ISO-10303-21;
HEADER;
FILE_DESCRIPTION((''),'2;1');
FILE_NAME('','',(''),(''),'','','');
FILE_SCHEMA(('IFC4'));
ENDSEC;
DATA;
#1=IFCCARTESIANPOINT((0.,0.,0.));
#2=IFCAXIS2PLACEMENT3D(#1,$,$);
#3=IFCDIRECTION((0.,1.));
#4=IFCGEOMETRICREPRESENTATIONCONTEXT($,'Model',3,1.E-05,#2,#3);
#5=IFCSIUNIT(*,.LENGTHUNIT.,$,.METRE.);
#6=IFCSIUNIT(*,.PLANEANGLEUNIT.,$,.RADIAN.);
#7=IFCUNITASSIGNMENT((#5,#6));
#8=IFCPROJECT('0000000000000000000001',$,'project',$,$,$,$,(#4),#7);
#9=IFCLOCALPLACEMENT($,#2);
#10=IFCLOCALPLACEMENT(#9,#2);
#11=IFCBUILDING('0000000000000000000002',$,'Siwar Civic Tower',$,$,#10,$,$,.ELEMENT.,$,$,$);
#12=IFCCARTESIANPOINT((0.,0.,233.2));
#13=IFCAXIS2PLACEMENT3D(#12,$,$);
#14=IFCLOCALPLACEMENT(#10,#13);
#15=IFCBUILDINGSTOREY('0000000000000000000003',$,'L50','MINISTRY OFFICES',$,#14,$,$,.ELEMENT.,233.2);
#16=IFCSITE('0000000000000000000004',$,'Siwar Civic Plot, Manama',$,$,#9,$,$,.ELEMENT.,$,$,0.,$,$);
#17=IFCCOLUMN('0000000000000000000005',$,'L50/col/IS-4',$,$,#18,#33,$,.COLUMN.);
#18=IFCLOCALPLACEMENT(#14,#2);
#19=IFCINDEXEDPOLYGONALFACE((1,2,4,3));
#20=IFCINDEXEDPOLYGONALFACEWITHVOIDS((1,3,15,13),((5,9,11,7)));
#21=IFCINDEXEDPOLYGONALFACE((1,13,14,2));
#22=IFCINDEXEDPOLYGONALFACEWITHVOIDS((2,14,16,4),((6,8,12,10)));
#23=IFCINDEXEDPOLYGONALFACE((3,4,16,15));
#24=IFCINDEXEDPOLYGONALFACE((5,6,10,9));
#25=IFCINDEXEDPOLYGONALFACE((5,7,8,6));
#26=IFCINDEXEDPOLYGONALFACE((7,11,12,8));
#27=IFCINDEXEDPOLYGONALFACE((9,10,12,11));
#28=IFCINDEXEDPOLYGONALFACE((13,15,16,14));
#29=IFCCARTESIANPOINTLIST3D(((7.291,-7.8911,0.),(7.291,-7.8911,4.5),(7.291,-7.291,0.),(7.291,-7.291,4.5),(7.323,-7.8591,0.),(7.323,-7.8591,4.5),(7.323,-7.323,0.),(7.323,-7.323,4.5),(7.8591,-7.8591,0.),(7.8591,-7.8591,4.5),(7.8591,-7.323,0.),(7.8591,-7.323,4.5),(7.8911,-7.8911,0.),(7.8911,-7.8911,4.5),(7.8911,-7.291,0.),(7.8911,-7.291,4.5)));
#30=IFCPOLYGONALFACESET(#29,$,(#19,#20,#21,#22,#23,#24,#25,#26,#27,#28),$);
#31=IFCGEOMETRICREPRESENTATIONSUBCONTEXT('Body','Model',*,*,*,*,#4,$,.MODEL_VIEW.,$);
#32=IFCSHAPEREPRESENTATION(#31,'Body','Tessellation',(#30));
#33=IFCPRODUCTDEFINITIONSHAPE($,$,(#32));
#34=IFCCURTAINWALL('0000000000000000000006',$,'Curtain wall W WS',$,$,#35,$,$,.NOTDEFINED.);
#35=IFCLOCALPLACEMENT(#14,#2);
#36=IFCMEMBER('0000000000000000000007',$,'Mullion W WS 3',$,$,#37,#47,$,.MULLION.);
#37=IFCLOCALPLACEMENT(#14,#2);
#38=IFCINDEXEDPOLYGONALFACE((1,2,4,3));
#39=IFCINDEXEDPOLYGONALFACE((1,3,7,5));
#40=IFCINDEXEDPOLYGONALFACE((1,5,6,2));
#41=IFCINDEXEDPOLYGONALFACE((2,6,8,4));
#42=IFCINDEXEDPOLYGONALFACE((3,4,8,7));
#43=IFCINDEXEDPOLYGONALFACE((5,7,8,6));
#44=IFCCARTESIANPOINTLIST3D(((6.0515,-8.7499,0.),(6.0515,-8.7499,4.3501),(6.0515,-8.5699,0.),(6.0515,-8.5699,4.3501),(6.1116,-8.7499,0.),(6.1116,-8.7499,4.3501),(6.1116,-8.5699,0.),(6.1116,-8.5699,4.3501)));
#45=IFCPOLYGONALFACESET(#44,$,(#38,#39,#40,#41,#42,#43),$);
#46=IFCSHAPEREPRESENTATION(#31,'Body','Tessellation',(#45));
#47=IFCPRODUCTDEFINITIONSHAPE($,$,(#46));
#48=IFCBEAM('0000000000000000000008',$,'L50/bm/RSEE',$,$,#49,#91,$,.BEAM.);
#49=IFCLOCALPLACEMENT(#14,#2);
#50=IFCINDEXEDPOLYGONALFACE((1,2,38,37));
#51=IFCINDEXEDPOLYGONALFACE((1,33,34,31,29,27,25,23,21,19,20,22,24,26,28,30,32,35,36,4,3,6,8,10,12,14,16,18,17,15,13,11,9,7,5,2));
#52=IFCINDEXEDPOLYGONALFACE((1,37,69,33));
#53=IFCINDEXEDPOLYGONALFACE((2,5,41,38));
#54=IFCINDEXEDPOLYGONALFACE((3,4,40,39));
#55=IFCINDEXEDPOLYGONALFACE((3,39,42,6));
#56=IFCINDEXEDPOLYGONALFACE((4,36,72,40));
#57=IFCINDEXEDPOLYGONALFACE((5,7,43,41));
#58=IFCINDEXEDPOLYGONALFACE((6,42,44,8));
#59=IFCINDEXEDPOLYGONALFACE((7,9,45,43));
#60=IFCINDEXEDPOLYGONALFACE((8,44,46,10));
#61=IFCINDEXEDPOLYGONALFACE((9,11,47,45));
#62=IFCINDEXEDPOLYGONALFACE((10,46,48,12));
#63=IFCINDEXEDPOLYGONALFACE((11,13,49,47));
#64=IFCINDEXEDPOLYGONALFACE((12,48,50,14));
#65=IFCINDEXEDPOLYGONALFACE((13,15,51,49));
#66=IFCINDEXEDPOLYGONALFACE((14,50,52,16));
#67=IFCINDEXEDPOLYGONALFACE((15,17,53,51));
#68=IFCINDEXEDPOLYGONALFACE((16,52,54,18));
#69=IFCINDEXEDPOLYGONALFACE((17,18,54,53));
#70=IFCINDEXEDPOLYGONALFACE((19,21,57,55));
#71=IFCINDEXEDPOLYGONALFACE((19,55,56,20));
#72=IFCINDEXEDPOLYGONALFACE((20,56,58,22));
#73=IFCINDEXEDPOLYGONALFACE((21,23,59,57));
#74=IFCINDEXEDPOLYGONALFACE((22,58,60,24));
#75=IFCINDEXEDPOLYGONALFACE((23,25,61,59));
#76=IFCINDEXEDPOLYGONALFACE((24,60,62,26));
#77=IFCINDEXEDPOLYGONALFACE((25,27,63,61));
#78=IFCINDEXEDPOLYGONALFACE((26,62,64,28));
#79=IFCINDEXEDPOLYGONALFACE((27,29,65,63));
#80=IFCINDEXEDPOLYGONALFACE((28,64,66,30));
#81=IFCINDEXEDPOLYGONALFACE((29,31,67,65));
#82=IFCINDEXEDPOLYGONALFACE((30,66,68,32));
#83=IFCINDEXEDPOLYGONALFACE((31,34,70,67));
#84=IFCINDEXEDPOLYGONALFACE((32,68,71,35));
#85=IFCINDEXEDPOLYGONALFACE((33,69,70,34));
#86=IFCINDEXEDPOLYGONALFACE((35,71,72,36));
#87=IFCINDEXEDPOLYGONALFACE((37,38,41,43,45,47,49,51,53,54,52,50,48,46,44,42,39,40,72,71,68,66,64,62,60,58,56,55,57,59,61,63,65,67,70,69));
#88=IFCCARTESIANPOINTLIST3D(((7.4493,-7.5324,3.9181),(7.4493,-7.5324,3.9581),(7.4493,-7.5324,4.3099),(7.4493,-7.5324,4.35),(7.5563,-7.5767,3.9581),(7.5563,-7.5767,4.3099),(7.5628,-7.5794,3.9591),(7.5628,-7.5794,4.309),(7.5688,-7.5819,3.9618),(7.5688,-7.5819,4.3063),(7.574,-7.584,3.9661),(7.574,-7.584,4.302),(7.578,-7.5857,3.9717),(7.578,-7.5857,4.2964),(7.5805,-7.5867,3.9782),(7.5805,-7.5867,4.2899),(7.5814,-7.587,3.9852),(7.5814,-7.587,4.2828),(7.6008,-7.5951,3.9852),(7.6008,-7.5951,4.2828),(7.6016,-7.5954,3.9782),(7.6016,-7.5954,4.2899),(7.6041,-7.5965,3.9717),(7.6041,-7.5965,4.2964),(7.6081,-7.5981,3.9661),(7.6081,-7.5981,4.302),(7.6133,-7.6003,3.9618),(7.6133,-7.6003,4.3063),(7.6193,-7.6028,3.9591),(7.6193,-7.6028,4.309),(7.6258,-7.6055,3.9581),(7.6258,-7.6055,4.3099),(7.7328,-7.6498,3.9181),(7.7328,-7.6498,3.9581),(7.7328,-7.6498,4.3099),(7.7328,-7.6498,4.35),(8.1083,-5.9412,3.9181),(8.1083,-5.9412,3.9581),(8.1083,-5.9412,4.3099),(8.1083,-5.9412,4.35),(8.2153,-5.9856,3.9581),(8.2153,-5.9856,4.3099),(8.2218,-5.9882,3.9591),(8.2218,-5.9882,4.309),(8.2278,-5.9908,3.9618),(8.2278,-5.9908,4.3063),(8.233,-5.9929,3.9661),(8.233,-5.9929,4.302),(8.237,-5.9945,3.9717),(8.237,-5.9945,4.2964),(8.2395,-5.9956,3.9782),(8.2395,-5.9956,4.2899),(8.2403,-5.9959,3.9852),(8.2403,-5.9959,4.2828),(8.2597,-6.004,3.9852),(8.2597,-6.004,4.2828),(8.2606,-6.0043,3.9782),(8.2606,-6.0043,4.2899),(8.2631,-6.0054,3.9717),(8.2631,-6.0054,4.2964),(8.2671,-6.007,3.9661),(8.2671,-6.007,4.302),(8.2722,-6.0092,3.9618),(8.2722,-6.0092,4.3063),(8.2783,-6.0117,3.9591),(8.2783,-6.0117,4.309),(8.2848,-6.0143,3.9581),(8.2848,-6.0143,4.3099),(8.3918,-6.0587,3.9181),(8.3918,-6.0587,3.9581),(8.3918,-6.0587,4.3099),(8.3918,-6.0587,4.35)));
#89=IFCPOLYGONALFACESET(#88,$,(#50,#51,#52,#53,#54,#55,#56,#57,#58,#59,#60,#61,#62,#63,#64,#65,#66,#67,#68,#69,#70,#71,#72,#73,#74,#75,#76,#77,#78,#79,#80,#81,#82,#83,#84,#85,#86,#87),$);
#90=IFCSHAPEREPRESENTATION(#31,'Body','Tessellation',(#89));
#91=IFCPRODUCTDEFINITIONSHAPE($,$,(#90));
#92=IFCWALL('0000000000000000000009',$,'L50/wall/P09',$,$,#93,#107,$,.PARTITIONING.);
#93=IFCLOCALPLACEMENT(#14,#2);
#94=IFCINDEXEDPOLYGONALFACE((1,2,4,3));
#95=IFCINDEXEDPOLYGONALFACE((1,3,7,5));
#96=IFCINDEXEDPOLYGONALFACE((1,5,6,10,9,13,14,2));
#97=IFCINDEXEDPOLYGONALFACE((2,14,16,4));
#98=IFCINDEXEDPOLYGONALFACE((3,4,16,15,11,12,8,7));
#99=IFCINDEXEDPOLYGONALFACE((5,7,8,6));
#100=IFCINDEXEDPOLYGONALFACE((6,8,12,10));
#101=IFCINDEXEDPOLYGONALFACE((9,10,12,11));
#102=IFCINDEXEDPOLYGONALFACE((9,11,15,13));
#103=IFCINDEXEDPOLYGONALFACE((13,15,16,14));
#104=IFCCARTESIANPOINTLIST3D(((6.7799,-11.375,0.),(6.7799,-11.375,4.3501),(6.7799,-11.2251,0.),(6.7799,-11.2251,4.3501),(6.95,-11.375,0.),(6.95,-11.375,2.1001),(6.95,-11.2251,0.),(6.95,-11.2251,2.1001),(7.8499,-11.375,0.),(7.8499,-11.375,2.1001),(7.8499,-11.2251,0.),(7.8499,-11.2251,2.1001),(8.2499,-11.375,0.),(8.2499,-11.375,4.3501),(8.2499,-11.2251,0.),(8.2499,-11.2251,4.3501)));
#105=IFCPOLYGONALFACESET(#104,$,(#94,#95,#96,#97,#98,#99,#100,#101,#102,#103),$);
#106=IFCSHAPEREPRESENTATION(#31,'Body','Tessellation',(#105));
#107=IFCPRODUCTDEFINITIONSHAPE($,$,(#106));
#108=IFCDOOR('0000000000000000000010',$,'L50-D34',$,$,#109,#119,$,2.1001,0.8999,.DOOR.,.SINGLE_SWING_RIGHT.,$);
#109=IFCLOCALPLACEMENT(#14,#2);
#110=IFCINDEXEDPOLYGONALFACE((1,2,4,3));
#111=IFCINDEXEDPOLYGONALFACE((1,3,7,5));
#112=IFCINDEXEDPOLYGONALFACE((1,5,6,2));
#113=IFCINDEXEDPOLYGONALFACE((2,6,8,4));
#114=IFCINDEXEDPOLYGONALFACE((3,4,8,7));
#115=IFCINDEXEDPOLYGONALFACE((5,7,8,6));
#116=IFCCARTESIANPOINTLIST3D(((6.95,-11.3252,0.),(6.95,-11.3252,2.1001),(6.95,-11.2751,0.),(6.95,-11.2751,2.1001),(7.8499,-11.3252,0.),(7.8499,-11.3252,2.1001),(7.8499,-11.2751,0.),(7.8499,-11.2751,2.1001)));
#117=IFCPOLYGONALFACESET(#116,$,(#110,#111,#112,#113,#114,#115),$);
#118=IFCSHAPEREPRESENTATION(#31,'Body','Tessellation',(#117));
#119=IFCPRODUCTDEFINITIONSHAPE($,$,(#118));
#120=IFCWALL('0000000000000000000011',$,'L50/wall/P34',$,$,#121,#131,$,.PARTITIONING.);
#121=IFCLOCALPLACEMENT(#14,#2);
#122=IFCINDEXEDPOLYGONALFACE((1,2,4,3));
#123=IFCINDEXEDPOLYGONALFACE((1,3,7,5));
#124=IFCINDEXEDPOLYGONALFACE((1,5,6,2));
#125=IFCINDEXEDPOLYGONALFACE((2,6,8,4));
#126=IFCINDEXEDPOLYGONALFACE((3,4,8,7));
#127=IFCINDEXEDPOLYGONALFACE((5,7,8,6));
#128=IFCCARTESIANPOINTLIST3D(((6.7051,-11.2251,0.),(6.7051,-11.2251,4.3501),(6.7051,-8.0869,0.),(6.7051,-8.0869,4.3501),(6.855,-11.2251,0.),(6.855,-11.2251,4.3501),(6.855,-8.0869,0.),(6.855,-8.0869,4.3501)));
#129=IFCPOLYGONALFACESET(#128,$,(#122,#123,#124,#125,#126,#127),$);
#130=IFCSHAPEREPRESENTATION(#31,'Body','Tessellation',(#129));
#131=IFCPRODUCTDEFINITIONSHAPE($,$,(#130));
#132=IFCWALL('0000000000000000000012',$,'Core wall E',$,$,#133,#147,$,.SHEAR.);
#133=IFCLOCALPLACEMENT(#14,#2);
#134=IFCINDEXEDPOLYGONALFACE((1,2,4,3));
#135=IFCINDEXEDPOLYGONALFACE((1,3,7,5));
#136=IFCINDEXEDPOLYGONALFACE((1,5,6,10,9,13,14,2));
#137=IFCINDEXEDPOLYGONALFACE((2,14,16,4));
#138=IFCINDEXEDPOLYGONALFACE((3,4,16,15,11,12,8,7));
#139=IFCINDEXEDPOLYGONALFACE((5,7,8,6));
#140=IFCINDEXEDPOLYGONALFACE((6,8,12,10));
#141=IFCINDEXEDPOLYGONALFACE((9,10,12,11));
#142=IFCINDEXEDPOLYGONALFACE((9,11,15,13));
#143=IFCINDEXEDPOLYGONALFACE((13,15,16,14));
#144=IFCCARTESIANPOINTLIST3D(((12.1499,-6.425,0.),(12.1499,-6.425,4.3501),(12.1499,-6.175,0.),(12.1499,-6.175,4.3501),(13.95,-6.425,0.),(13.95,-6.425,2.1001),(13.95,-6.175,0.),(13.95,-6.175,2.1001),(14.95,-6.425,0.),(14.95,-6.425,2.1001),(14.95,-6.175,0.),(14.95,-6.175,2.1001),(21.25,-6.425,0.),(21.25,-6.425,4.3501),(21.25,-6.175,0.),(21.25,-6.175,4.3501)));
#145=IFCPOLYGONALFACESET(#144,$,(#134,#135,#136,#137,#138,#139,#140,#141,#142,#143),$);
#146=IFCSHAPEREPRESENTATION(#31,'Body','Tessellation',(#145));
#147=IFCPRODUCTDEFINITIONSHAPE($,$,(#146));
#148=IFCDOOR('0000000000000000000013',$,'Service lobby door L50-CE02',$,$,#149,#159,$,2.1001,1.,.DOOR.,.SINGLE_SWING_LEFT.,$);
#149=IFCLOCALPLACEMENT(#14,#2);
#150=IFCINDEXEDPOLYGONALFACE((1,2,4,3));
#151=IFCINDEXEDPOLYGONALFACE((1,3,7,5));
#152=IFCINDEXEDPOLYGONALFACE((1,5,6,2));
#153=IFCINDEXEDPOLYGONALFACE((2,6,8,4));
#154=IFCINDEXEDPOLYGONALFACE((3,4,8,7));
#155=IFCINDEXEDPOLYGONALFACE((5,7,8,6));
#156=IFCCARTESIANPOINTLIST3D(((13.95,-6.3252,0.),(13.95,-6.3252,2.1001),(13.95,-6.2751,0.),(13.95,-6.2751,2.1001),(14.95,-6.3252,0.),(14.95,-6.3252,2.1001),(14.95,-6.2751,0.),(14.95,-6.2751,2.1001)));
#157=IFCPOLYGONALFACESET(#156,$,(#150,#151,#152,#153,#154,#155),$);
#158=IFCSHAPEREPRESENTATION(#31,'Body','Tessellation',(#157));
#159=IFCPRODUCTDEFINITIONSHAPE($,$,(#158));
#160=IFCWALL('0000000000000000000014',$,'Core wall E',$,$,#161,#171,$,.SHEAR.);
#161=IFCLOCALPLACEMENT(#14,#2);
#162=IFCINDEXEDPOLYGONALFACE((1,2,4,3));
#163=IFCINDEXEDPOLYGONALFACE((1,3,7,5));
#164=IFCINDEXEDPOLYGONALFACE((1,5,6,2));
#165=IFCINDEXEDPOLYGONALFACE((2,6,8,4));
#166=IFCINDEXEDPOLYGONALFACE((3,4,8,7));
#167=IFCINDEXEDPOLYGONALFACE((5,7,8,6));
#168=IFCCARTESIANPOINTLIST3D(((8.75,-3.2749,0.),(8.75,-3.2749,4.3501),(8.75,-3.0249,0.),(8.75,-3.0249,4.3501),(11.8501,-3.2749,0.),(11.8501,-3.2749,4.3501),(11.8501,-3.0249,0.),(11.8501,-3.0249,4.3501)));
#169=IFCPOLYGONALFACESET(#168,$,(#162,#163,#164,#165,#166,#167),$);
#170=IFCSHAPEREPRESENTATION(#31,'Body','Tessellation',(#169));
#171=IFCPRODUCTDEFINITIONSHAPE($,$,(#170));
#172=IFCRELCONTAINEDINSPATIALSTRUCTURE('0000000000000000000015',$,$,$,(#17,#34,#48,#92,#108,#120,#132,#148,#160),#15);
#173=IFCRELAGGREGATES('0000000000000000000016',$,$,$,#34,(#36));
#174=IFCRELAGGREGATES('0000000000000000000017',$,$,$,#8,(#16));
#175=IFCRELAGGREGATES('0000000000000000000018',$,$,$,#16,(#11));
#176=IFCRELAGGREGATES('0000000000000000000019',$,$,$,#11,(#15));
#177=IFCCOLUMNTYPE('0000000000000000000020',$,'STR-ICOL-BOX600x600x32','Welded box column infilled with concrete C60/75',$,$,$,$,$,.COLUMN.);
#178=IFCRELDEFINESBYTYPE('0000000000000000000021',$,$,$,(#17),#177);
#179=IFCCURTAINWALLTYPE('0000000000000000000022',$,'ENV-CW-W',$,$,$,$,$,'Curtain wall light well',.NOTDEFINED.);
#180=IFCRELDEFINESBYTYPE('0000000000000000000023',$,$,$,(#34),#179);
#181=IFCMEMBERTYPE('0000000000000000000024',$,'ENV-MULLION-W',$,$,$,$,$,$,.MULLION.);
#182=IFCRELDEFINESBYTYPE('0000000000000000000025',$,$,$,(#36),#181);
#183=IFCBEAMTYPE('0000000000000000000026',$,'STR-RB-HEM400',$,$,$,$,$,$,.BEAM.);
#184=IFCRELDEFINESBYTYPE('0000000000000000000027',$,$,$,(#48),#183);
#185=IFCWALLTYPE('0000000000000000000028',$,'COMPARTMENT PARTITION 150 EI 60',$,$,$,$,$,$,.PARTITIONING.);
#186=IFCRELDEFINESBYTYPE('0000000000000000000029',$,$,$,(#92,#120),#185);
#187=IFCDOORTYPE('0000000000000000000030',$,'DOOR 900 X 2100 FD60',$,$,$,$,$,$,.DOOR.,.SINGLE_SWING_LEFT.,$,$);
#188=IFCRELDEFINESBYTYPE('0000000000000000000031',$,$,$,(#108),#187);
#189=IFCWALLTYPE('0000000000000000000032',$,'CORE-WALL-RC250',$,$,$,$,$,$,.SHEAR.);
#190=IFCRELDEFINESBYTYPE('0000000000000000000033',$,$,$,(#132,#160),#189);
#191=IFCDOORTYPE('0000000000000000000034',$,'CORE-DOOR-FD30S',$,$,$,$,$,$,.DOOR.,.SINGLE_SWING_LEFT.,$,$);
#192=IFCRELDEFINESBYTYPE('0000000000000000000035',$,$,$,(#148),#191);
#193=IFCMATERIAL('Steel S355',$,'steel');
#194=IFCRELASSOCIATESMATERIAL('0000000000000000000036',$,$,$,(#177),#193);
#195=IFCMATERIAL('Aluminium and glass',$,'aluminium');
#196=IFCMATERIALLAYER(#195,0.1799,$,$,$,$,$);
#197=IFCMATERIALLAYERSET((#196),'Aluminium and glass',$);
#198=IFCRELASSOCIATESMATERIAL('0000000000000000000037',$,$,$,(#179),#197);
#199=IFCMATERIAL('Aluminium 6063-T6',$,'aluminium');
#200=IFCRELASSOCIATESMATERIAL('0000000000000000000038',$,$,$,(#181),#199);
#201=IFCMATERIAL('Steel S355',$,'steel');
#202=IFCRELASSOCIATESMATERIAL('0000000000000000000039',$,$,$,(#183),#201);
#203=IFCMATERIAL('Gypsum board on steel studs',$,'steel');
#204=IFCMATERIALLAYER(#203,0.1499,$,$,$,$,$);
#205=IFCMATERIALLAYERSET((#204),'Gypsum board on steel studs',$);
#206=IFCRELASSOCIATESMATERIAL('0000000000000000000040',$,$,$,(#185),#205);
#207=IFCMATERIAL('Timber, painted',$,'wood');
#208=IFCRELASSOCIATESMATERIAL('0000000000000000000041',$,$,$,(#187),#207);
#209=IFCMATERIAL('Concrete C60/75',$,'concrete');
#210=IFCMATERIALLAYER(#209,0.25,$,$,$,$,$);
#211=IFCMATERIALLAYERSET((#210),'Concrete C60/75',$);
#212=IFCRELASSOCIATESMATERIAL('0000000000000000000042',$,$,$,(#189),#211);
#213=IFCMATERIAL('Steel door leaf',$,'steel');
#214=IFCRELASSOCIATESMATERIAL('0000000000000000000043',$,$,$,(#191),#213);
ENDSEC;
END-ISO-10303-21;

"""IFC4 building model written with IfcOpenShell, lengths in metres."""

from ifc_helpers import new_model, si_unit, direction, frame, frame_2d, origin, origin_2d, place, context, subcontext, project, spatial, rectangle, hollow_rectangle, i_section, extrude, material, layer, layer_set, material_profile, profile_set, type_object, element, fill, aggregate, save


model = new_model("IFC4")

# Units and contexts
model_context = context("Model", 3, precision=1e-05, world=origin(), true_north=direction((0.0, 1.0)))
body_context = subcontext(model_context, "Body", "Model", "MODEL_VIEW")
ifc_project = project(units=[si_unit("LENGTHUNIT", "METRE"), si_unit("PLANEANGLEUNIT", "RADIAN")], contexts=[model_context])

# Site, building, storey
site_placement = place(None, origin())
site = spatial("IfcSite", under=ifc_project, at=site_placement, Name="Siwar Civic Plot, Manama", CompositionType="ELEMENT", RefElevation=0.0)
building_placement = place(site_placement, origin())
building = spatial("IfcBuilding", under=site, at=building_placement, Name="Siwar Civic Tower", CompositionType="ELEMENT")
storey_placement = place(building_placement, frame((0.0, 0.0, 233.2)))
storey = spatial("IfcBuildingStorey", under=building, at=storey_placement, Name="L50", Description="MINISTRY OFFICES", CompositionType="ELEMENT", Elevation=233.2)

# Column
ifc_material_1 = material(Name="Steel S355", Category="steel")
ifc_material_profile_1 = material_profile(ifc_material_1, hollow_rectangle(XDim=0.6001, YDim=0.6001, WallThickness=0.032, at=origin_2d()), Name="BOX600x600x32")
ifc_profile_set_1 = profile_set([ifc_material_profile_1], Name="Steel S355")
column_type = type_object("IfcColumnType", Name="STR-ICOL-BOX600x600x32", Description="Welded box column infilled with concrete C60/75", PredefinedType="COLUMN", material=ifc_profile_set_1)
column_placement = place(storey_placement, frame((7.5911, -7.5911, 0.0), z_axis=(0.0, 0.0, 1.0), x_axis=(1.0, 0.0, 0.0)))
element("IfcColumn", 1, at=column_placement, inside=storey, type_object=column_type, Name="L50/col/IS-4", PredefinedType="COLUMN", context=body_context, shape_type="SweptSolid", body=[
    extrude(hollow_rectangle(XDim=0.6001, YDim=0.6001, WallThickness=0.032, at=origin_2d()), origin(), (0.0, 0.0, 1.0), 4.5),
])

# Curtain wall, member
ifc_material_2 = material(Name="Aluminium and glass", Category="aluminium")
ifc_layer_1 = layer(ifc_material_2, 0.1799)
ifc_layer_set_1 = layer_set([ifc_layer_1], Name="Aluminium and glass")
curtain_wall_type = type_object("IfcCurtainWallType", Name="ENV-CW-W", ElementType="Curtain wall light well", PredefinedType="NOTDEFINED", material=ifc_layer_set_1)
curtain_wall_placement = place(storey_placement, origin())
curtain_wall = element("IfcCurtainWall", 2, at=curtain_wall_placement, inside=storey, type_object=curtain_wall_type, Name="Curtain wall W WS", PredefinedType="NOTDEFINED")
ifc_material_3 = material(Name="Aluminium 6063-T6", Category="aluminium")
ifc_material_profile_2 = material_profile(ifc_material_3, rectangle(XDim=0.1799, YDim=0.0601, at=origin_2d()), Name="AL 180x60")
ifc_profile_set_2 = profile_set([ifc_material_profile_2], Name="Aluminium 6063-T6")
member_type = type_object("IfcMemberType", Name="ENV-MULLION-W", PredefinedType="MULLION", material=ifc_profile_set_2)
member_placement = place(storey_placement, frame((6.0815, -8.6599, 0.0), z_axis=(0.0, 0.0, 1.0), x_axis=(0.0, 1.0, 0.0)))
member = element("IfcMember", 3, at=member_placement, type_object=member_type, Name="Mullion W WS 3", PredefinedType="MULLION", context=body_context, shape_type="SweptSolid", body=[
    extrude(rectangle(XDim=0.1799, YDim=0.0601, at=origin_2d()), origin(), (0.0, 0.0, 1.0), 4.3501),
])
aggregate(curtain_wall, [member])

# Beam
ifc_material_4 = material(Name="Steel S355", Category="steel")
ifc_material_profile_3 = material_profile(ifc_material_4, i_section(OverallWidth=0.3069, OverallDepth=0.4319, WebThickness=0.021, FlangeThickness=0.04, FilletRadius=0.0271, at=origin_2d()), Name="HEM400")
ifc_profile_set_3 = profile_set([ifc_material_profile_3], Name="Steel S355")
beam_type = type_object("IfcBeamType", Name="STR-RB-HEM400", PredefinedType="BEAM", material=ifc_profile_set_3)
beam_placement = place(storey_placement, frame((7.5911, -7.5911, 4.134), z_axis=(0.382631, 0.923901, 0.0), x_axis=(-0.923901, 0.382631, 0.0)))
element("IfcBeam", 4, at=beam_placement, inside=storey, type_object=beam_type, Name="L50/bm/RSEE", PredefinedType="BEAM", context=body_context, shape_type="SweptSolid", body=[
    extrude(i_section(OverallWidth=0.3069, OverallDepth=0.4319, WebThickness=0.021, FlangeThickness=0.04, FilletRadius=0.0271, at=origin_2d()), origin(), (0.0, 0.0, 1.0), 1.7222),
])

# Wall, opening, door
ifc_material_5 = material(Name="Gypsum board on steel studs", Category="steel")
ifc_layer_2 = layer(ifc_material_5, 0.1499)
ifc_layer_set_2 = layer_set([ifc_layer_2], Name="Gypsum board on steel studs")
wall_type_1 = type_object("IfcWallType", Name="COMPARTMENT PARTITION 150 EI 60", PredefinedType="PARTITIONING", material=ifc_layer_set_2)
wall_1_placement = place(storey_placement, frame((6.78, -11.3, 0.0), z_axis=(0.0, 0.0, 1.0), x_axis=(1.0, 0.0, 0.0)))
wall_1 = element("IfcWall", 5, at=wall_1_placement, inside=storey, type_object=wall_type_1, Name="L50/wall/P09", PredefinedType="PARTITIONING", context=body_context, shape_type="SweptSolid", body=[
    extrude(rectangle(XDim=1.47, YDim=0.1499, at=frame_2d((0.7349, 0.0))), origin(), (0.0, 0.0, 1.0), 4.3501),
])
opening_1_placement = place(wall_1_placement, frame((0.1699, 0.0, 0.0)))
opening_1 = element("IfcOpeningElement", 6, at=opening_1_placement, cuts=wall_1, PredefinedType="OPENING", context=body_context, shape_type="SweptSolid", body=[
    extrude(rectangle(XDim=0.8999, YDim=2.1001, at=frame_2d((0.45, 1.05))), frame((0.0, 0.085, 0.0), z_axis=(0.0, -1.0, 0.0), x_axis=(1.0, 0.0, 0.0)), (0.0, 0.0, 1.0), 0.1699),
])
ifc_material_6 = material(Name="Timber, painted", Category="wood")
door_type_1 = type_object("IfcDoorType", Name="DOOR 900 X 2100 FD60", OperationType="SINGLE_SWING_LEFT", PredefinedType="DOOR", material=ifc_material_6)
door_1_placement = place(opening_1_placement, origin())
door_1 = element("IfcDoor", 7, at=door_1_placement, inside=storey, type_object=door_type_1, Name="L50-D34", OperationType="SINGLE_SWING_RIGHT", OverallHeight=2.1001, OverallWidth=0.8999, PredefinedType="DOOR", context=body_context, shape_type="SweptSolid", body=[
    extrude(rectangle(XDim=0.8999, YDim=2.1001, at=frame_2d((0.45, 1.05))), frame((0.0, 0.0249, 0.0), z_axis=(0.0, -1.0, 0.0), x_axis=(1.0, 0.0, 0.0)), (0.0, 0.0, 1.0), 0.05),
])
fill(opening_1, door_1)

# Wall
wall_2_placement = place(storey_placement, frame((6.78, -11.2251, 0.0), z_axis=(0.0, 0.0, 1.0), x_axis=(0.0, 1.0, 0.0)))
element("IfcWall", 8, at=wall_2_placement, inside=storey, type_object=wall_type_1, Name="L50/wall/P34", PredefinedType="PARTITIONING", context=body_context, shape_type="SweptSolid", body=[
    extrude(rectangle(XDim=3.1382, YDim=0.1499, at=frame_2d((1.5691, 0.0))), origin(), (0.0, 0.0, 1.0), 4.3501),
])

# Wall, opening, door
ifc_material_7 = material(Name="Concrete C60/75", Category="concrete")
ifc_layer_3 = layer(ifc_material_7, 0.25)
ifc_layer_set_3 = layer_set([ifc_layer_3], Name="Concrete C60/75")
wall_type_2 = type_object("IfcWallType", Name="CORE-WALL-RC250", PredefinedType="SHEAR", material=ifc_layer_set_3)
wall_3_placement = place(storey_placement, frame((12.1499, -6.3, 0.0), z_axis=(0.0, 0.0, 1.0), x_axis=(1.0, 0.0, 0.0)))
wall_3 = element("IfcWall", 9, at=wall_3_placement, inside=storey, type_object=wall_type_2, Name="Core wall E", PredefinedType="SHEAR", context=body_context, shape_type="SweptSolid", body=[
    extrude(rectangle(XDim=9.1001, YDim=0.25, at=frame_2d((4.55, 0.0))), origin(), (0.0, 0.0, 1.0), 4.3501),
])
opening_2_placement = place(wall_3_placement, frame((1.8, 0.0, 0.0)))
opening_2 = element("IfcOpeningElement", 10, at=opening_2_placement, cuts=wall_3, PredefinedType="OPENING", context=body_context, shape_type="SweptSolid", body=[
    extrude(rectangle(XDim=1.0, YDim=2.1001, at=frame_2d((0.5, 1.05))), frame((0.0, 0.135, 0.0), z_axis=(0.0, -1.0, 0.0), x_axis=(1.0, 0.0, 0.0)), (0.0, 0.0, 1.0), 0.27),
])
ifc_material_8 = material(Name="Steel door leaf", Category="steel")
door_type_2 = type_object("IfcDoorType", Name="CORE-DOOR-FD30S", OperationType="SINGLE_SWING_LEFT", PredefinedType="DOOR", material=ifc_material_8)
door_2_placement = place(opening_2_placement, origin())
door_2 = element("IfcDoor", 11, at=door_2_placement, inside=storey, type_object=door_type_2, Name="Service lobby door L50-CE02", OperationType="SINGLE_SWING_LEFT", OverallHeight=2.1001, OverallWidth=1.0, PredefinedType="DOOR", context=body_context, shape_type="SweptSolid", body=[
    extrude(rectangle(XDim=1.0, YDim=2.1001, at=frame_2d((0.5, 1.05))), frame((0.0, 0.0249, 0.0), z_axis=(0.0, -1.0, 0.0), x_axis=(1.0, 0.0, 0.0)), (0.0, 0.0, 1.0), 0.05),
])
fill(opening_2, door_2)

# Wall
for number, where, z_axis, x_axis, name in (
    (12, (8.75, -3.1499, 0.0), (0.0, 0.0, 1.0), (1.0, 0.0, 0.0), "Core wall E"),
):
    element("IfcWall", number, at=place(storey_placement, frame(where, z_axis=z_axis, x_axis=x_axis)), inside=storey, type_object=wall_type_2, Name=name, PredefinedType="SHEAR", context=body_context, shape_type="SweptSolid", body=[
        extrude(rectangle(XDim=3.1001, YDim=0.25, at=frame_2d((1.55, 0.0))), origin(), (0.0, 0.0, 1.0), 4.3501),
    ])

save(model, "model.ifc")
